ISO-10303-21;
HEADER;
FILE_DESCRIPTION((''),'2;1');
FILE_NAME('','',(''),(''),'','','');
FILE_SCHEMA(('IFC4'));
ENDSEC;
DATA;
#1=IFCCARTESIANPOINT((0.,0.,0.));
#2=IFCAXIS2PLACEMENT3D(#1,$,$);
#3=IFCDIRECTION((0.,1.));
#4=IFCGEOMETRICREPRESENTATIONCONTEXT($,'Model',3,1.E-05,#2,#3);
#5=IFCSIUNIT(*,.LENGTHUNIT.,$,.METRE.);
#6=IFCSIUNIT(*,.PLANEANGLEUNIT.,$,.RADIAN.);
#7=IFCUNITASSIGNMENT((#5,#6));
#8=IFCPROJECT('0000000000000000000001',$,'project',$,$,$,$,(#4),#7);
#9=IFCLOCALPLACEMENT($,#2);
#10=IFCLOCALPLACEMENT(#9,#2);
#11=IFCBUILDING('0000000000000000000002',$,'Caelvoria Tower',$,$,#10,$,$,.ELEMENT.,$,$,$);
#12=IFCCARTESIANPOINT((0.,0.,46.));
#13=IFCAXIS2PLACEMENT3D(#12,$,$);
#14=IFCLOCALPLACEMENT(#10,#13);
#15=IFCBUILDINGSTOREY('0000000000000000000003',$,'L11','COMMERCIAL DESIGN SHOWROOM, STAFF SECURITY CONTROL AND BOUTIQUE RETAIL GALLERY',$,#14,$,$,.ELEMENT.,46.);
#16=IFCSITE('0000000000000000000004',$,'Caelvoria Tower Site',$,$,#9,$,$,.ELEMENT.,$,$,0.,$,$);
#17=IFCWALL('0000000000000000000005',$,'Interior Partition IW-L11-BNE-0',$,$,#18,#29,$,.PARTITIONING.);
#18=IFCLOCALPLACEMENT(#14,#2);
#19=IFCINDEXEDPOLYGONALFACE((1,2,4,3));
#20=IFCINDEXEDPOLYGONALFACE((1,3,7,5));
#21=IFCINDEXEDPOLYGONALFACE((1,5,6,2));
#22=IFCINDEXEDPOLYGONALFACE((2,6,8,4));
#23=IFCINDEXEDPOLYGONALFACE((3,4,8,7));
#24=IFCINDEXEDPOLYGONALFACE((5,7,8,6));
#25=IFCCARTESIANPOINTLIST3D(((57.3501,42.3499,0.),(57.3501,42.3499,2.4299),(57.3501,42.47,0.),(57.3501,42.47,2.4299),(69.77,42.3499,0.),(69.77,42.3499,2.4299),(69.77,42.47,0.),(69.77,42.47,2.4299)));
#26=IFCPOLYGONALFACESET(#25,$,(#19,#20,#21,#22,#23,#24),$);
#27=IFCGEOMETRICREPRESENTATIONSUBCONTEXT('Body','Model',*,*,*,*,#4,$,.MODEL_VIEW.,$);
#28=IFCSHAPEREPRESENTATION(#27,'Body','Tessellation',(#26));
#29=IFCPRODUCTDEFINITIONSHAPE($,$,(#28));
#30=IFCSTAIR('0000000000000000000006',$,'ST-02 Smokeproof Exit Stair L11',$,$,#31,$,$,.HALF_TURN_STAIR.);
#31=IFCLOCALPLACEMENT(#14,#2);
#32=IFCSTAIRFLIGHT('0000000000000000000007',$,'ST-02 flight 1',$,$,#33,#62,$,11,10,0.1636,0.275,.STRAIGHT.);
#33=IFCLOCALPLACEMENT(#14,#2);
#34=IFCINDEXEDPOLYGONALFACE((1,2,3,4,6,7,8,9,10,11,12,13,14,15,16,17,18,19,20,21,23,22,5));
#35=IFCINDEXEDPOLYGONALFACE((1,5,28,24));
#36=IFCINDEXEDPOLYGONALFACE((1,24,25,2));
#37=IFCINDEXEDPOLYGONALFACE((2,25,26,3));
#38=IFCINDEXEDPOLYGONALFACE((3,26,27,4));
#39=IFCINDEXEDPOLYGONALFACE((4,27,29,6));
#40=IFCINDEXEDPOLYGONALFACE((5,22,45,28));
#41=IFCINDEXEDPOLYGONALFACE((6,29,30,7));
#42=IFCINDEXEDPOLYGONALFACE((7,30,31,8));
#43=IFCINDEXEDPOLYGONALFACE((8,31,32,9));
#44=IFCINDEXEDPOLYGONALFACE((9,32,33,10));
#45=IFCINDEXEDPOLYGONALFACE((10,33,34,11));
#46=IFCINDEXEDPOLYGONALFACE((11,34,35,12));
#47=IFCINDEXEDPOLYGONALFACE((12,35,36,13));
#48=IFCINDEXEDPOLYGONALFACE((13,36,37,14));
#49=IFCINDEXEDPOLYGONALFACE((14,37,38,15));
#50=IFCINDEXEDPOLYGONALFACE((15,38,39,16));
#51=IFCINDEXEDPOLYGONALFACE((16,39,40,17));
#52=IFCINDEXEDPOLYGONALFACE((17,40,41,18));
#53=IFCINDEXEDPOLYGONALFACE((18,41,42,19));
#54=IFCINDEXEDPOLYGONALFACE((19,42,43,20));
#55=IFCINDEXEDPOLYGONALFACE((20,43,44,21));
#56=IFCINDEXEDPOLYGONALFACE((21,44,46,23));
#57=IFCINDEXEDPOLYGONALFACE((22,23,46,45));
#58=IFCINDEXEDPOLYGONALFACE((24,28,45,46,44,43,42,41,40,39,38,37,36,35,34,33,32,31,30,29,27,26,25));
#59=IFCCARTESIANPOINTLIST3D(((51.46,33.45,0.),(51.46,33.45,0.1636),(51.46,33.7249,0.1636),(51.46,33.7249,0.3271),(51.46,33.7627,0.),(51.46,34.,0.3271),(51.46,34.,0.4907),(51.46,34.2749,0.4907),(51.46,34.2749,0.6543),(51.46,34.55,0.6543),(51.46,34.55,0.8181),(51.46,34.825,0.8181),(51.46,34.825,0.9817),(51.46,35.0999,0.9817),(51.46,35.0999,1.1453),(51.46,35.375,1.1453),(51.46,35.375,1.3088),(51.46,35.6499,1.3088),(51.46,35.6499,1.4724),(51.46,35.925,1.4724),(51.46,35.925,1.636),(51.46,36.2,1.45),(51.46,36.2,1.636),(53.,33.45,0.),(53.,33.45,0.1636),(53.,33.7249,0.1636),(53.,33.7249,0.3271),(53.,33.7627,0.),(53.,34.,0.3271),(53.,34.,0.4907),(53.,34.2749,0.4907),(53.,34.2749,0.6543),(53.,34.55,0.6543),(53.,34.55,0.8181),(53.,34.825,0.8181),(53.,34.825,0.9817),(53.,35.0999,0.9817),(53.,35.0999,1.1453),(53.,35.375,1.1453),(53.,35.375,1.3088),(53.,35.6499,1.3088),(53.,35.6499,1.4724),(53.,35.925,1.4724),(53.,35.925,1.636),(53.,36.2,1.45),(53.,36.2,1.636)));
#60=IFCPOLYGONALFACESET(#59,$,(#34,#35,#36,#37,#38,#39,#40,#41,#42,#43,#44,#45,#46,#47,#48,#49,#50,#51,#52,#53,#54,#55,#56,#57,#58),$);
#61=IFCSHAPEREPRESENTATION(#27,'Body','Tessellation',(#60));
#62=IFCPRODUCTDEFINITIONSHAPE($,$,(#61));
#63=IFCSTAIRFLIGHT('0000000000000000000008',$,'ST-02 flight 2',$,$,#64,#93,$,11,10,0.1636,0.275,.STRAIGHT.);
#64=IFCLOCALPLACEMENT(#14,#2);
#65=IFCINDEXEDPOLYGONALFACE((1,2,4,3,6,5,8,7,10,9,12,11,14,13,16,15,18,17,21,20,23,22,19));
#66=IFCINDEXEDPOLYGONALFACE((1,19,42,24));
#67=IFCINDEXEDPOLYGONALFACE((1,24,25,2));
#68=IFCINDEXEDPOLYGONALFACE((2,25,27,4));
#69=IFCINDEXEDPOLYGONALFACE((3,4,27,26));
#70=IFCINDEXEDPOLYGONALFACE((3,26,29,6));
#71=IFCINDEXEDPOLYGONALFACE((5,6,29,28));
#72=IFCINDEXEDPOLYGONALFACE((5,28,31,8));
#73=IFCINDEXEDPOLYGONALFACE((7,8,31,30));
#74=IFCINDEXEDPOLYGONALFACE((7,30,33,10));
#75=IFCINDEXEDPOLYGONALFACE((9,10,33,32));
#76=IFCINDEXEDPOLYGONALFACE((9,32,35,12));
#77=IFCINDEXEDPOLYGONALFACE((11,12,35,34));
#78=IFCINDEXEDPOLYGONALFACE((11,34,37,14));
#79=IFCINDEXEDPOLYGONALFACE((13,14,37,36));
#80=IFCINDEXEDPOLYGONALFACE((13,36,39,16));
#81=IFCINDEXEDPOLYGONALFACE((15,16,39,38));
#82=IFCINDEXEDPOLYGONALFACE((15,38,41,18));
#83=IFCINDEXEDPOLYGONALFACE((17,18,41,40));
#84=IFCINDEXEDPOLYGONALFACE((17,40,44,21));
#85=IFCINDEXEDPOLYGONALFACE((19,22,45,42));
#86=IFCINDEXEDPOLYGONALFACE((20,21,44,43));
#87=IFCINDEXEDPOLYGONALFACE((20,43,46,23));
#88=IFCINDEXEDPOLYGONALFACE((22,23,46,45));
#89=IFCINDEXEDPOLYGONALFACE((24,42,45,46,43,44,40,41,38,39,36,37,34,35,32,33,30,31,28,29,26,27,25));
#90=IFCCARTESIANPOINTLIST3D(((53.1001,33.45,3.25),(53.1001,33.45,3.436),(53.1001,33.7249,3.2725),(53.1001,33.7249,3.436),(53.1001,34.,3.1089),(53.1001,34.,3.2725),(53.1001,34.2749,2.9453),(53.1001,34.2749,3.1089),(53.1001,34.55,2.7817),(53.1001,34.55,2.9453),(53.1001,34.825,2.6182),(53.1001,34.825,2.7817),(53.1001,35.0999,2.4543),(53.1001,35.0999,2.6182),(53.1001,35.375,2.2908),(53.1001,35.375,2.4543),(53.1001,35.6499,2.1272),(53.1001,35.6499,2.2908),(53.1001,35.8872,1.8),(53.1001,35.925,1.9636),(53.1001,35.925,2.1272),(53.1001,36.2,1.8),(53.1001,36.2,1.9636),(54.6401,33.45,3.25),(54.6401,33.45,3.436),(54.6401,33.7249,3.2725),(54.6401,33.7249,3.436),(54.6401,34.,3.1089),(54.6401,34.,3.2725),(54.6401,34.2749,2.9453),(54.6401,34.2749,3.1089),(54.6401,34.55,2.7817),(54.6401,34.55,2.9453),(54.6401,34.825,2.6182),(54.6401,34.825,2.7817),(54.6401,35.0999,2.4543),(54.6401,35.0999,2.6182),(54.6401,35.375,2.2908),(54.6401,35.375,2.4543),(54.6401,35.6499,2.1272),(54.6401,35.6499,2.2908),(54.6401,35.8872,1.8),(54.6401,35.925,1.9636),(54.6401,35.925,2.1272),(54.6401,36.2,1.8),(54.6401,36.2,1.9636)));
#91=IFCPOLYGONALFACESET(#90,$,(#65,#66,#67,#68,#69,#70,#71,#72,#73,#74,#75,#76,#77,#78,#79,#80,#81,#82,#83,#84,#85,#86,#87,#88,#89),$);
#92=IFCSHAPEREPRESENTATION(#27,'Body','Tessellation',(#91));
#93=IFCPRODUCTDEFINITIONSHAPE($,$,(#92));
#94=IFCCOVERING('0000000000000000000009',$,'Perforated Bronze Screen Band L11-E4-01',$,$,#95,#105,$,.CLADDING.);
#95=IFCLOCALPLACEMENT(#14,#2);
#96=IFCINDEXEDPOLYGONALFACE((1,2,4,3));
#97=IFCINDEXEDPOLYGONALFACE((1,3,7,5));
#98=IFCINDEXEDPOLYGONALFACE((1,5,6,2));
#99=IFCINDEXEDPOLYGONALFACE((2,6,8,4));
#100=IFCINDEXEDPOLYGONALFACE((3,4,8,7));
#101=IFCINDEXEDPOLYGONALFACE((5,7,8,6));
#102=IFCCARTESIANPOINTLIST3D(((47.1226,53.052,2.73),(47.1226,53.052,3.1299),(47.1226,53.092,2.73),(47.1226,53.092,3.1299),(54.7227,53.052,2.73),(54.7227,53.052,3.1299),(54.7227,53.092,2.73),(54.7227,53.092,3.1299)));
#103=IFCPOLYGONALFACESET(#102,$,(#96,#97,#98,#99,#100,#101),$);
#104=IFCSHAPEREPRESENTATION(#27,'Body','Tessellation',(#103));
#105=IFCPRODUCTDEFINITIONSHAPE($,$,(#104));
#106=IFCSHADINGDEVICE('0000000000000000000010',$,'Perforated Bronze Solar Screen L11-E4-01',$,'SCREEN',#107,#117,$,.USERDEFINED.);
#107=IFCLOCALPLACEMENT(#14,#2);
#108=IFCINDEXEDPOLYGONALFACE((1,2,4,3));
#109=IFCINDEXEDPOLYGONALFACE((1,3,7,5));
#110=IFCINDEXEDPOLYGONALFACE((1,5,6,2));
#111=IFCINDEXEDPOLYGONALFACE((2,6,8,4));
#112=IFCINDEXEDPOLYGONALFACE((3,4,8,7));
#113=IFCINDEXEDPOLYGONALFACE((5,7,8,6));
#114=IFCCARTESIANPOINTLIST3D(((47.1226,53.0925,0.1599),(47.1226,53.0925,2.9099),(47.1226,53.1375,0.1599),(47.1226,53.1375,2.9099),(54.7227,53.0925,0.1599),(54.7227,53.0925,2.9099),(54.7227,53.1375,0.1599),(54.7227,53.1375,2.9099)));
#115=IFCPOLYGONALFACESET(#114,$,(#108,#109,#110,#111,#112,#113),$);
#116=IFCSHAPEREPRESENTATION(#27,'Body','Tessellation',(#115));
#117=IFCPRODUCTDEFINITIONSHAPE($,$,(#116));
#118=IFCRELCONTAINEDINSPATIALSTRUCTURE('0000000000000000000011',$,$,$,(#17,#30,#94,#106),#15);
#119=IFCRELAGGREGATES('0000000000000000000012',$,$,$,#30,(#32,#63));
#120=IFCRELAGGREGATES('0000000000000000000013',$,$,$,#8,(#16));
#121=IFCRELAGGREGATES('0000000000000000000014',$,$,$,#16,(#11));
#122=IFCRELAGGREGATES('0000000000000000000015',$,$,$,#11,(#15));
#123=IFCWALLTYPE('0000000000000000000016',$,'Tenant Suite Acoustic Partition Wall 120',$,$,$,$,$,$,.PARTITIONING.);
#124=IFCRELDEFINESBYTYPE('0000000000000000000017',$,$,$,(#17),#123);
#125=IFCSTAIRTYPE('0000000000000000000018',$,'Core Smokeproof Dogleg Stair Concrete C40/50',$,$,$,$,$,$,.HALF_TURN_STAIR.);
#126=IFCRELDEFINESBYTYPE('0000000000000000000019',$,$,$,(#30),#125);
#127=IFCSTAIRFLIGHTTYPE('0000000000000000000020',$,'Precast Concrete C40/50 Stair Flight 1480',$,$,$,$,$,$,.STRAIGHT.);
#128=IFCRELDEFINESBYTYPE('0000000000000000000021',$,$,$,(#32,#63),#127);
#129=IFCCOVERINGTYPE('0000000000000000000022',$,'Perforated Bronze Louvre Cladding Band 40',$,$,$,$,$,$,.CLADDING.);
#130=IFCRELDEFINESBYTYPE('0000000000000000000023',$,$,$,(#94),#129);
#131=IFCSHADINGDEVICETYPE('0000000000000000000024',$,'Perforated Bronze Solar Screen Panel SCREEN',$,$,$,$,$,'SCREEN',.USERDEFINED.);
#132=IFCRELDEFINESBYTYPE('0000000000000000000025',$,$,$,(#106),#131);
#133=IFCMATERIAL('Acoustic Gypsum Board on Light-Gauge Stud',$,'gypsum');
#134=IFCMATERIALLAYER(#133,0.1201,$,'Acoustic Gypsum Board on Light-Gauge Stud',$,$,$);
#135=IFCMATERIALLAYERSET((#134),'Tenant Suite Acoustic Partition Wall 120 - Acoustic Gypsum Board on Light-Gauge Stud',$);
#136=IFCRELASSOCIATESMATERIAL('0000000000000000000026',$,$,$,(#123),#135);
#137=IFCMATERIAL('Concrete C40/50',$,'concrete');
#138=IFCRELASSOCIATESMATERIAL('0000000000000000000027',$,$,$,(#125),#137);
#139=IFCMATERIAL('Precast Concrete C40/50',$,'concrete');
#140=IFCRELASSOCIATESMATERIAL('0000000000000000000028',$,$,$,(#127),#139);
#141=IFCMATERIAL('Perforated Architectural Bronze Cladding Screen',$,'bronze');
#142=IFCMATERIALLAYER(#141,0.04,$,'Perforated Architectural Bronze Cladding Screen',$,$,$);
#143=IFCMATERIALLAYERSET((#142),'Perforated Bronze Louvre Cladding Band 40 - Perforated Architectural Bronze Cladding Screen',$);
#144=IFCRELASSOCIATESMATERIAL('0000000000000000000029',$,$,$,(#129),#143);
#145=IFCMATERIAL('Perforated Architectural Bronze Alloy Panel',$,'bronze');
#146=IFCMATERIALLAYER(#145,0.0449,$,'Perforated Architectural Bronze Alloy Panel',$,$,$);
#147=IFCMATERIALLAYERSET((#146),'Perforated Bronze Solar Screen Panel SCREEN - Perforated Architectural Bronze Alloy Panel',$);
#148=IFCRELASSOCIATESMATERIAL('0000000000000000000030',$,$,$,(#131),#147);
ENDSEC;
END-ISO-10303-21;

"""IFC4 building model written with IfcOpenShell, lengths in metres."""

from ifc_helpers import new_model, si_unit, direction, frame, frame_2d, origin, origin_2d, place, context, subcontext, project, spatial, polyline, rectangle, outline, extrude, material, layer, layer_set, type_object, element, aggregate, save


model = new_model("IFC4")

# Units and contexts
model_context = context("Model", 3, precision=1e-05, world=origin(), true_north=direction((0.0, 1.0)))
body_context = subcontext(model_context, "Body", "Model", "MODEL_VIEW")
ifc_project = project(units=[si_unit("LENGTHUNIT", "METRE"), si_unit("PLANEANGLEUNIT", "RADIAN")], contexts=[model_context])

# Site, building, storey
site_placement = place(None, origin())
site = spatial("IfcSite", under=ifc_project, at=site_placement, Name="Caelvoria Tower Site", CompositionType="ELEMENT", RefElevation=0.0)
building_placement = place(site_placement, origin())
building = spatial("IfcBuilding", under=site, at=building_placement, Name="Caelvoria Tower", CompositionType="ELEMENT")
storey_placement = place(building_placement, frame((0.0, 0.0, 46.0)))
storey = spatial("IfcBuildingStorey", under=building, at=storey_placement, Name="L11", Description="COMMERCIAL DESIGN SHOWROOM, STAFF SECURITY CONTROL AND BOUTIQUE RETAIL GALLERY", CompositionType="ELEMENT", Elevation=46.0)

# Wall
ifc_material_1 = material(Name="Acoustic Gypsum Board on Light-Gauge Stud", Category="gypsum")
ifc_layer_1 = layer(ifc_material_1, 0.1201, Name="Acoustic Gypsum Board on Light-Gauge Stud")
ifc_layer_set_1 = layer_set([ifc_layer_1], Name="Tenant Suite Acoustic Partition Wall 120 - Acoustic Gypsum Board on Light-Gauge Stud")
wall_type_1 = type_object("IfcWallType", Name="Tenant Suite Acoustic Partition Wall 120", PredefinedType="PARTITIONING", material=ifc_layer_set_1)
wall_1_placement = place(storey_placement, frame((57.3501, 42.4099, 0.0), z_axis=(0.0, 0.0, 1.0), x_axis=(1.0, 0.0, 0.0)))
element("IfcWall", 1, at=wall_1_placement, inside=storey, type_object=wall_type_1, Name="Interior Partition IW-L11-BNE-0", PredefinedType="PARTITIONING", context=body_context, shape_type="SweptSolid", body=[
    extrude(rectangle(XDim=12.4199, YDim=0.1201, at=frame_2d((6.21, 0.0))), origin(), (0.0, 0.0, 1.0), 2.4299),
])

# Stair, stair flights
ifc_material_2 = material(Name="Concrete C40/50", Category="concrete")
stair_type = type_object("IfcStairType", Name="Core Smokeproof Dogleg Stair Concrete C40/50", PredefinedType="HALF_TURN_STAIR", material=ifc_material_2)
stair_placement = place(storey_placement, origin())
stair = element("IfcStair", 2, at=stair_placement, inside=storey, type_object=stair_type, Name="ST-02 Smokeproof Exit Stair L11", PredefinedType="HALF_TURN_STAIR")
ifc_material_3 = material(Name="Precast Concrete C40/50", Category="concrete")
stair_flight_type = type_object("IfcStairFlightType", Name="Precast Concrete C40/50 Stair Flight 1480", PredefinedType="STRAIGHT", material=ifc_material_3)
stair_flight_1_placement = place(storey_placement, frame((52.23, 33.45, 0.0), z_axis=(0.0, 0.0, 1.0), x_axis=(0.0, 1.0, 0.0)))
stair_flight_1 = element("IfcStairFlight", 3, at=stair_flight_1_placement, type_object=stair_flight_type, Name="ST-02 flight 1", NumberOfRisers=11, NumberOfTreads=10, PredefinedType="STRAIGHT", RiserHeight=0.1636, TreadLength=0.275, context=body_context, shape_type="SweptSolid", body=[
    extrude(outline(polyline([(0.0, 0.0), (0.0, 0.1636), (0.2749, 0.1636), (0.2749, 0.3271), (0.55, 0.3271), (0.55, 0.4907), (0.825, 0.4907), (0.825, 0.6543), (1.1001, 0.6543), (1.1001, 0.8181), (1.375, 0.8181), (1.375, 0.9817), (1.6499, 0.9817), (1.6499, 1.1453), (1.925, 1.1453), (1.925, 1.3088), (2.2, 1.3088), (2.2, 1.4724), (2.4751, 1.4724), (2.4751, 1.636), (2.75, 1.636), (2.75, 1.7996), (2.75, 1.45), (0.3127, 0.0), (0.0, 0.0)])), frame((0.0, 0.77, 0.0), z_axis=(0.0, -1.0, 0.0), x_axis=(1.0, 0.0, 0.0)), (0.0, 0.0, 1.0), 1.54),
])
stair_flight_2_placement = place(storey_placement, frame((53.8701, 36.2, 1.8), z_axis=(0.0, 0.0, 1.0), x_axis=(0.0, -1.0, 0.0)))
stair_flight_2 = element("IfcStairFlight", 4, at=stair_flight_2_placement, type_object=stair_flight_type, Name="ST-02 flight 2", NumberOfRisers=11, NumberOfTreads=10, PredefinedType="STRAIGHT", RiserHeight=0.1636, TreadLength=0.275, context=body_context, shape_type="SweptSolid", body=[
    extrude(outline(polyline([(0.0, 0.0), (0.0, 0.1636), (0.2749, 0.1636), (0.2749, 0.3271), (0.55, 0.3271), (0.55, 0.4907), (0.825, 0.4907), (0.825, 0.6543), (1.1001, 0.6543), (1.1001, 0.8181), (1.375, 0.8181), (1.375, 0.9817), (1.6499, 0.9817), (1.6499, 1.1453), (1.925, 1.1453), (1.925, 1.3088), (2.2, 1.3088), (2.2, 1.4724), (2.4751, 1.4724), (2.4751, 1.636), (2.75, 1.636), (2.75, 1.7996), (2.75, 1.45), (0.3127, 0.0), (0.0, 0.0)])), frame((0.0, 0.77, 0.0), z_axis=(0.0, -1.0, 0.0), x_axis=(1.0, 0.0, 0.0)), (0.0, 0.0, 1.0), 1.54),
])
aggregate(stair, [stair_flight_1, stair_flight_2])

# Covering
ifc_material_4 = material(Name="Perforated Architectural Bronze Cladding Screen", Category="bronze")
ifc_layer_2 = layer(ifc_material_4, 0.04, Name="Perforated Architectural Bronze Cladding Screen")
ifc_layer_set_2 = layer_set([ifc_layer_2], Name="Perforated Bronze Louvre Cladding Band 40 - Perforated Architectural Bronze Cladding Screen")
covering_type = type_object("IfcCoveringType", Name="Perforated Bronze Louvre Cladding Band 40", PredefinedType="CLADDING", material=ifc_layer_set_2)
covering_placement = place(storey_placement, frame((50.9226, 53.072, 2.73), z_axis=(0.0, 0.0, 1.0), x_axis=(-1.0, 0.0, 0.0)))
element("IfcCovering", 5, at=covering_placement, inside=storey, type_object=covering_type, Name="Perforated Bronze Screen Band L11-E4-01", PredefinedType="CLADDING", context=body_context, shape_type="SweptSolid", body=[
    extrude(rectangle(XDim=7.6001, YDim=0.04, at=origin_2d()), origin(), (0.0, 0.0, 1.0), 0.3999),
])

# Shading device
ifc_material_5 = material(Name="Perforated Architectural Bronze Alloy Panel", Category="bronze")
ifc_layer_3 = layer(ifc_material_5, 0.0449, Name="Perforated Architectural Bronze Alloy Panel")
ifc_layer_set_3 = layer_set([ifc_layer_3], Name="Perforated Bronze Solar Screen Panel SCREEN - Perforated Architectural Bronze Alloy Panel")
shading_device_type = type_object("IfcShadingDeviceType", Name="Perforated Bronze Solar Screen Panel SCREEN", ElementType="SCREEN", PredefinedType="USERDEFINED", material=ifc_layer_set_3)
shading_device_placement = place(storey_placement, frame((50.9226, 53.115, 0.1599), z_axis=(0.0, 0.0, 1.0), x_axis=(-1.0, 0.0, 0.0)))
element("IfcShadingDevice", 6, at=shading_device_placement, inside=storey, type_object=shading_device_type, Name="Perforated Bronze Solar Screen L11-E4-01", ObjectType="SCREEN", PredefinedType="USERDEFINED", context=body_context, shape_type="SweptSolid", body=[
    extrude(rectangle(XDim=7.6001, YDim=0.0449, at=origin_2d()), origin(), (0.0, 0.0, 1.0), 2.75),
])

save(model, "model.ifc")
